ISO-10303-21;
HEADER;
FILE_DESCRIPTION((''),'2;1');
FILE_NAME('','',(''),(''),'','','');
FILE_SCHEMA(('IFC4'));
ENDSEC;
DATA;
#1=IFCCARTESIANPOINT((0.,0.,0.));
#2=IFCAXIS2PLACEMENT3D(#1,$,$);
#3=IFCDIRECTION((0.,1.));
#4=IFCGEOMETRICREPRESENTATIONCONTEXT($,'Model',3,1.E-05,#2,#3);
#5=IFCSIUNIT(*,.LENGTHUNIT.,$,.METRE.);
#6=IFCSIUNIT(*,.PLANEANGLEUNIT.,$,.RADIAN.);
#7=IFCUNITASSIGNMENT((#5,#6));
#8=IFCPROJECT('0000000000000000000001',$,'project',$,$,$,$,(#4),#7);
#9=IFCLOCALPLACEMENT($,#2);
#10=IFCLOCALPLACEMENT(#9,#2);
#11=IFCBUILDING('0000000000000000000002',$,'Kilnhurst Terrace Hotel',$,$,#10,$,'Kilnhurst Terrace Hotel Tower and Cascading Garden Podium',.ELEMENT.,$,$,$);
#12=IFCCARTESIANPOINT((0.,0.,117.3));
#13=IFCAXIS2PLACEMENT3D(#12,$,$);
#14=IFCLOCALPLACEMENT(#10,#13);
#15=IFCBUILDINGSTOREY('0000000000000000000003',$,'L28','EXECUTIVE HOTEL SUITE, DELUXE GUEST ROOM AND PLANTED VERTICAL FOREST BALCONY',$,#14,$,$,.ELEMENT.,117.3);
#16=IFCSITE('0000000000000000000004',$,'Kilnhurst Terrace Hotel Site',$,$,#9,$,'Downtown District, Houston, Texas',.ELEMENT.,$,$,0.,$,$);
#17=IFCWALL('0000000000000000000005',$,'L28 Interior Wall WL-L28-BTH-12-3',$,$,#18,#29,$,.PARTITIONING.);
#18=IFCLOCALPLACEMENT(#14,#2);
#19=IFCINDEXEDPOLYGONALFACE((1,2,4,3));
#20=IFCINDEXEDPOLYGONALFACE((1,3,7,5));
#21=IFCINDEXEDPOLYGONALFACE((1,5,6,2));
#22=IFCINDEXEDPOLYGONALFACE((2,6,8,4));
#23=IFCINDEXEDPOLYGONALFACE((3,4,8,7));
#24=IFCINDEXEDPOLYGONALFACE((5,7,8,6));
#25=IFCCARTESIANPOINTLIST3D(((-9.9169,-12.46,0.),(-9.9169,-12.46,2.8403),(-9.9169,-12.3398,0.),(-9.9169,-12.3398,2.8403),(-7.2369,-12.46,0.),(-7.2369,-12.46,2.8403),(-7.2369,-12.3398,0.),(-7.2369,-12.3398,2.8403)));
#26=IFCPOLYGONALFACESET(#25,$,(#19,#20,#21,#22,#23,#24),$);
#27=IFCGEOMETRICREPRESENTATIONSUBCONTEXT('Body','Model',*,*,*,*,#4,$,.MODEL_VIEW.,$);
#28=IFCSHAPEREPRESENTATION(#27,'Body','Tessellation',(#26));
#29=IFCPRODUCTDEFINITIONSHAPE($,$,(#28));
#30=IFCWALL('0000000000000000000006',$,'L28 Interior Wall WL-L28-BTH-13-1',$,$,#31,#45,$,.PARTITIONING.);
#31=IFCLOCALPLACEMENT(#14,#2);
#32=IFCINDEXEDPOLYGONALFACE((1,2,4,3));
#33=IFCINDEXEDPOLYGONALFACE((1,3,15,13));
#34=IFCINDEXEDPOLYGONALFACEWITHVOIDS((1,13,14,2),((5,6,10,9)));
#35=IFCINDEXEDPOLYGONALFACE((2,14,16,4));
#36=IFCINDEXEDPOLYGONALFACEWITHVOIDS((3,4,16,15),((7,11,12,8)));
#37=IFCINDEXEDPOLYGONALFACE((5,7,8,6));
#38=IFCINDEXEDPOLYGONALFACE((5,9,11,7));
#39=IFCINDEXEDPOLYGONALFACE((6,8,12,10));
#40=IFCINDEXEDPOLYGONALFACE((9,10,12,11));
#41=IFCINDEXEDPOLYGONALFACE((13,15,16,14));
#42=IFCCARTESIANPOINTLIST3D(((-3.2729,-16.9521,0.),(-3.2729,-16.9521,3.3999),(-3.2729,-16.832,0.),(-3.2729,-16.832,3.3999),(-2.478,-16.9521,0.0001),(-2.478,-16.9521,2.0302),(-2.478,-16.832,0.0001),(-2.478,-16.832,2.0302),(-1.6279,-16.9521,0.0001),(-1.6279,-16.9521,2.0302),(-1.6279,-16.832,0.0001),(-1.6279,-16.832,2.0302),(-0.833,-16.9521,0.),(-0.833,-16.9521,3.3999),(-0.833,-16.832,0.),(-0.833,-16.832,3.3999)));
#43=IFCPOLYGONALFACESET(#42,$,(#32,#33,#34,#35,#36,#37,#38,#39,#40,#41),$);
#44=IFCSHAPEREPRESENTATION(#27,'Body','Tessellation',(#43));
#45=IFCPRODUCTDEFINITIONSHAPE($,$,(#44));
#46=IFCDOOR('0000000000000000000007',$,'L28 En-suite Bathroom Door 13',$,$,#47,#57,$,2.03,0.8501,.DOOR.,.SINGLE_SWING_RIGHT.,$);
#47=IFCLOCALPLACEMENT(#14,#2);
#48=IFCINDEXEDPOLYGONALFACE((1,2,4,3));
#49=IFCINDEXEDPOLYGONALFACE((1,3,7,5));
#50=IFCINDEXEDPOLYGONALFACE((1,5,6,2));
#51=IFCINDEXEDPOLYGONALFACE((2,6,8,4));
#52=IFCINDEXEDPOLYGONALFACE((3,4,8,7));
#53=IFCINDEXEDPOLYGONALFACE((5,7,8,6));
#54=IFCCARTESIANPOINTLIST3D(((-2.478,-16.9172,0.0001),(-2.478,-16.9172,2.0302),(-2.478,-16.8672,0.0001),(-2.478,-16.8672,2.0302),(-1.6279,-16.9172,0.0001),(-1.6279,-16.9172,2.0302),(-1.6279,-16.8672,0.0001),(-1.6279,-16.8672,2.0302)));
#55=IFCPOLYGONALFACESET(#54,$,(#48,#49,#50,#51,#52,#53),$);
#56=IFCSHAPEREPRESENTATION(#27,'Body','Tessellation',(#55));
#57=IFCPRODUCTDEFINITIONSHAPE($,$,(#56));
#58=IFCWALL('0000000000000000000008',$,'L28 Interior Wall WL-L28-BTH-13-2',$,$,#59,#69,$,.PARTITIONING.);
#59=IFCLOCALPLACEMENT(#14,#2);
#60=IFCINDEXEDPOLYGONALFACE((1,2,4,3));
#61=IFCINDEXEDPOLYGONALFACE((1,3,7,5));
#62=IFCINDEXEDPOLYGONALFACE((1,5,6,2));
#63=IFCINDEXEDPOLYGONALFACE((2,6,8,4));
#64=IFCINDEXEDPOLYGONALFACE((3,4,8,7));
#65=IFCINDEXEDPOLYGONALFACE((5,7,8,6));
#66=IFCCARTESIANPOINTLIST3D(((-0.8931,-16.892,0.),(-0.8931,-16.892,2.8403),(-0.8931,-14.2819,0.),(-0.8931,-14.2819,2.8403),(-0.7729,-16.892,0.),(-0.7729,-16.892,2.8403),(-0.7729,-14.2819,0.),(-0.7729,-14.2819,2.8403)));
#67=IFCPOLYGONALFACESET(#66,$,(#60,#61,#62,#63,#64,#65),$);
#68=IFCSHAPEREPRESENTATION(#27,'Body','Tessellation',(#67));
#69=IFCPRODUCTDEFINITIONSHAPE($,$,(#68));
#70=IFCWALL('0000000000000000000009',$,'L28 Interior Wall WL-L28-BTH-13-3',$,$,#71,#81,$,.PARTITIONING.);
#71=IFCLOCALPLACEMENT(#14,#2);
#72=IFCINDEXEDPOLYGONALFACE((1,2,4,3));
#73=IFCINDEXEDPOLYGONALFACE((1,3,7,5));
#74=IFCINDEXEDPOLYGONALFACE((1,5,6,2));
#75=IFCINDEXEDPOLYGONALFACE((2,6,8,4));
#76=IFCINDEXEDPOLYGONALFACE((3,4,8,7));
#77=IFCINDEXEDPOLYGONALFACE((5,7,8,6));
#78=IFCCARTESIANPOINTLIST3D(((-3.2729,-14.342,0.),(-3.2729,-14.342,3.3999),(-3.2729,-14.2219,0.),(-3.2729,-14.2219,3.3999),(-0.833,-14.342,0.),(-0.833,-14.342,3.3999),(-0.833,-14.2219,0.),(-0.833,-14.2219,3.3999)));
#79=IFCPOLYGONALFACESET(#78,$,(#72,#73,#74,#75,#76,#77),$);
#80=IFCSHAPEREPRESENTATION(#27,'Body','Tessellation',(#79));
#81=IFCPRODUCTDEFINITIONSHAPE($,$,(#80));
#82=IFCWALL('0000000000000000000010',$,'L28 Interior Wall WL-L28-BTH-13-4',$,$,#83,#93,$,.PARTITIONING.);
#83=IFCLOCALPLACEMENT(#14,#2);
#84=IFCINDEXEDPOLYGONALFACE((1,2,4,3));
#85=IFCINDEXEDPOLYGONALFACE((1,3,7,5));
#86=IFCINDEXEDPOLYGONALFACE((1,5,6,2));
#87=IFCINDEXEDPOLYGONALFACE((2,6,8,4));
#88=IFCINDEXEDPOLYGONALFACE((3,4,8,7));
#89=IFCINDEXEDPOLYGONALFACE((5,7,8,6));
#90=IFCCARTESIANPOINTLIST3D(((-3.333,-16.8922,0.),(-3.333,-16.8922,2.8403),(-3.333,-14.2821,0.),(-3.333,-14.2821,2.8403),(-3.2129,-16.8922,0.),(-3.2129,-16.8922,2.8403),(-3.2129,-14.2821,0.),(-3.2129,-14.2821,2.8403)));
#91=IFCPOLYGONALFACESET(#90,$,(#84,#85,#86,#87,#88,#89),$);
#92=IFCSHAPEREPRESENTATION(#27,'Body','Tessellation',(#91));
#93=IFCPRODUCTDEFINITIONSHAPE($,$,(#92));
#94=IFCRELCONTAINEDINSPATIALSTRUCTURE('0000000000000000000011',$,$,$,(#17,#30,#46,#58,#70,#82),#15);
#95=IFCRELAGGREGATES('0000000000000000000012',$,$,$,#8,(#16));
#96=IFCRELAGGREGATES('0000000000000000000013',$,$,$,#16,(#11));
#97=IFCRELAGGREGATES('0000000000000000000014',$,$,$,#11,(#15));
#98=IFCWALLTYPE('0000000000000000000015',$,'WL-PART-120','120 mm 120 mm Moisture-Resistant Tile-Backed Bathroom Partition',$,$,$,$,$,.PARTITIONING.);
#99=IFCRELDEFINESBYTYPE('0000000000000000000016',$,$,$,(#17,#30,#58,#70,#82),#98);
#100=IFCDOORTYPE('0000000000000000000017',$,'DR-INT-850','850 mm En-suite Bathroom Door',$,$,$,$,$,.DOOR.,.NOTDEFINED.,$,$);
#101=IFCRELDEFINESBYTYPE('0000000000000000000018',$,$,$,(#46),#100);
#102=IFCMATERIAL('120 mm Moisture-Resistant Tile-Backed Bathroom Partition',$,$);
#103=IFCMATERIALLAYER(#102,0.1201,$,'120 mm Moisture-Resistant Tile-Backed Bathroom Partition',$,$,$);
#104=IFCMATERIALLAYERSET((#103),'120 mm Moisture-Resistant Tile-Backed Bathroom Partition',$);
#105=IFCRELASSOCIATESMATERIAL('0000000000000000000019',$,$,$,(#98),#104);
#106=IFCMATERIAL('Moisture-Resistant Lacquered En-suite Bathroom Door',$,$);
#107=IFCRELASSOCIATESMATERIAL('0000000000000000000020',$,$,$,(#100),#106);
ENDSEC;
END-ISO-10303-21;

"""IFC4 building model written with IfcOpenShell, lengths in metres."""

from ifc_helpers import new_model, si_unit, direction, frame, frame_2d, origin, place, context, subcontext, project, spatial, rectangle, extrude, material, layer, layer_set, type_object, element, fill, save


model = new_model("IFC4")

# Units and contexts
model_context = context("Model", 3, precision=1e-05, world=origin(), true_north=direction((0.0, 1.0)))
body_context = subcontext(model_context, "Body", "Model", "MODEL_VIEW")
ifc_project = project(units=[si_unit("LENGTHUNIT", "METRE"), si_unit("PLANEANGLEUNIT", "RADIAN")], contexts=[model_context])

# Site, building, storey
site_placement = place(None, origin())
site = spatial("IfcSite", under=ifc_project, at=site_placement, Name="Kilnhurst Terrace Hotel Site", LongName="Downtown District, Houston, Texas", CompositionType="ELEMENT", RefElevation=0.0)
building_placement = place(site_placement, origin())
building = spatial("IfcBuilding", under=site, at=building_placement, Name="Kilnhurst Terrace Hotel", LongName="Kilnhurst Terrace Hotel Tower and Cascading Garden Podium", CompositionType="ELEMENT")
storey_placement = place(building_placement, frame((0.0, 0.0, 117.3)))
storey = spatial("IfcBuildingStorey", under=building, at=storey_placement, Name="L28", Description="EXECUTIVE HOTEL SUITE, DELUXE GUEST ROOM AND PLANTED VERTICAL FOREST BALCONY", CompositionType="ELEMENT", Elevation=117.3)

# Wall
ifc_material_1 = material(Name="120 mm Moisture-Resistant Tile-Backed Bathroom Partition")
ifc_layer_1 = layer(ifc_material_1, 0.1201, Name="120 mm Moisture-Resistant Tile-Backed Bathroom Partition")
ifc_layer_set_1 = layer_set([ifc_layer_1], Name="120 mm Moisture-Resistant Tile-Backed Bathroom Partition")
wall_type_1 = type_object("IfcWallType", Name="WL-PART-120", Description="120 mm 120 mm Moisture-Resistant Tile-Backed Bathroom Partition", PredefinedType="PARTITIONING", material=ifc_layer_set_1)
wall_1_placement = place(storey_placement, frame((-7.2371, -12.3999, 0.0), z_axis=(0.0, 0.0, 1.0), x_axis=(-1.0, 0.0, 0.0)))
element("IfcWall", 1, at=wall_1_placement, inside=storey, type_object=wall_type_1, Name="L28 Interior Wall WL-L28-BTH-12-3", PredefinedType="PARTITIONING", context=body_context, shape_type="SweptSolid", body=[
    extrude(rectangle(XDim=2.6799, YDim=0.1201, at=frame_2d((1.3398, 0.0))), origin(), (0.0, 0.0, 1.0), 2.8403),
])

# Wall, opening, door
wall_2_placement = place(storey_placement, frame((-3.2729, -16.8921, 0.0), z_axis=(0.0, 0.0, 1.0), x_axis=(1.0, 0.0, 0.0)))
wall_2 = element("IfcWall", 2, at=wall_2_placement, inside=storey, type_object=wall_type_1, Name="L28 Interior Wall WL-L28-BTH-13-1", PredefinedType="PARTITIONING", context=body_context, shape_type="SweptSolid", body=[
    extrude(rectangle(XDim=2.4399, YDim=0.1201, at=frame_2d((1.22, 0.0))), origin(), (0.0, 0.0, 1.0), 3.3999),
])
opening_placement = place(wall_2_placement, frame((0.7949, 0.0, 0.0)))
opening = element("IfcOpeningElement", 3, at=opening_placement, cuts=wall_2, PredefinedType="OPENING", context=body_context, shape_type="SweptSolid", body=[
    extrude(rectangle(XDim=0.8501, YDim=2.03, at=frame_2d((0.425, 1.0151))), frame((0.0, 0.0701, 0.0), z_axis=(0.0, -1.0, 0.0), x_axis=(1.0, 0.0, 0.0)), (0.0, 0.0, 1.0), 0.1401),
])
ifc_material_2 = material(Name="Moisture-Resistant Lacquered En-suite Bathroom Door")
door_type = type_object("IfcDoorType", Name="DR-INT-850", Description="850 mm En-suite Bathroom Door", OperationType="NOTDEFINED", PredefinedType="DOOR", material=ifc_material_2)
door_placement = place(opening_placement, origin())
door = element("IfcDoor", 4, at=door_placement, inside=storey, type_object=door_type, Name="L28 En-suite Bathroom Door 13", OperationType="SINGLE_SWING_RIGHT", OverallHeight=2.03, OverallWidth=0.8501, PredefinedType="DOOR", context=body_context, shape_type="SweptSolid", body=[
    extrude(rectangle(XDim=0.8501, YDim=2.03, at=frame_2d((0.425, 1.0151))), frame((0.0, 0.0249, 0.0), z_axis=(0.0, -1.0, 0.0), x_axis=(1.0, 0.0, 0.0)), (0.0, 0.0, 1.0), 0.05),
])
fill(opening, door)

# Walls
wall_3_placement = place(storey_placement, frame((-0.833, -16.8921, 0.0), z_axis=(0.0, 0.0, 1.0), x_axis=(0.0, 1.0, 0.0)))
element("IfcWall", 5, at=wall_3_placement, inside=storey, type_object=wall_type_1, Name="L28 Interior Wall WL-L28-BTH-13-2", PredefinedType="PARTITIONING", context=body_context, shape_type="SweptSolid", body=[
    extrude(rectangle(XDim=2.6101, YDim=0.1201, at=frame_2d((1.3052, 0.0))), origin(), (0.0, 0.0, 1.0), 2.8403),
])
wall_4_placement = place(storey_placement, frame((-0.833, -14.282, 0.0), z_axis=(0.0, 0.0, 1.0), x_axis=(-1.0, 0.0, 0.0)))
element("IfcWall", 6, at=wall_4_placement, inside=storey, type_object=wall_type_1, Name="L28 Interior Wall WL-L28-BTH-13-3", PredefinedType="PARTITIONING", context=body_context, shape_type="SweptSolid", body=[
    extrude(rectangle(XDim=2.4399, YDim=0.1201, at=frame_2d((1.22, 0.0))), origin(), (0.0, 0.0, 1.0), 3.3999),
])
wall_5_placement = place(storey_placement, frame((-3.2729, -14.282, 0.0), z_axis=(0.0, 0.0, 1.0), x_axis=(0.0, -1.0, 0.0)))
element("IfcWall", 7, at=wall_5_placement, inside=storey, type_object=wall_type_1, Name="L28 Interior Wall WL-L28-BTH-13-4", PredefinedType="PARTITIONING", context=body_context, shape_type="SweptSolid", body=[
    extrude(rectangle(XDim=2.6101, YDim=0.1201, at=frame_2d((1.3052, 0.0))), origin(), (0.0, 0.0, 1.0), 2.8403),
])

save(model, "model.ifc")
